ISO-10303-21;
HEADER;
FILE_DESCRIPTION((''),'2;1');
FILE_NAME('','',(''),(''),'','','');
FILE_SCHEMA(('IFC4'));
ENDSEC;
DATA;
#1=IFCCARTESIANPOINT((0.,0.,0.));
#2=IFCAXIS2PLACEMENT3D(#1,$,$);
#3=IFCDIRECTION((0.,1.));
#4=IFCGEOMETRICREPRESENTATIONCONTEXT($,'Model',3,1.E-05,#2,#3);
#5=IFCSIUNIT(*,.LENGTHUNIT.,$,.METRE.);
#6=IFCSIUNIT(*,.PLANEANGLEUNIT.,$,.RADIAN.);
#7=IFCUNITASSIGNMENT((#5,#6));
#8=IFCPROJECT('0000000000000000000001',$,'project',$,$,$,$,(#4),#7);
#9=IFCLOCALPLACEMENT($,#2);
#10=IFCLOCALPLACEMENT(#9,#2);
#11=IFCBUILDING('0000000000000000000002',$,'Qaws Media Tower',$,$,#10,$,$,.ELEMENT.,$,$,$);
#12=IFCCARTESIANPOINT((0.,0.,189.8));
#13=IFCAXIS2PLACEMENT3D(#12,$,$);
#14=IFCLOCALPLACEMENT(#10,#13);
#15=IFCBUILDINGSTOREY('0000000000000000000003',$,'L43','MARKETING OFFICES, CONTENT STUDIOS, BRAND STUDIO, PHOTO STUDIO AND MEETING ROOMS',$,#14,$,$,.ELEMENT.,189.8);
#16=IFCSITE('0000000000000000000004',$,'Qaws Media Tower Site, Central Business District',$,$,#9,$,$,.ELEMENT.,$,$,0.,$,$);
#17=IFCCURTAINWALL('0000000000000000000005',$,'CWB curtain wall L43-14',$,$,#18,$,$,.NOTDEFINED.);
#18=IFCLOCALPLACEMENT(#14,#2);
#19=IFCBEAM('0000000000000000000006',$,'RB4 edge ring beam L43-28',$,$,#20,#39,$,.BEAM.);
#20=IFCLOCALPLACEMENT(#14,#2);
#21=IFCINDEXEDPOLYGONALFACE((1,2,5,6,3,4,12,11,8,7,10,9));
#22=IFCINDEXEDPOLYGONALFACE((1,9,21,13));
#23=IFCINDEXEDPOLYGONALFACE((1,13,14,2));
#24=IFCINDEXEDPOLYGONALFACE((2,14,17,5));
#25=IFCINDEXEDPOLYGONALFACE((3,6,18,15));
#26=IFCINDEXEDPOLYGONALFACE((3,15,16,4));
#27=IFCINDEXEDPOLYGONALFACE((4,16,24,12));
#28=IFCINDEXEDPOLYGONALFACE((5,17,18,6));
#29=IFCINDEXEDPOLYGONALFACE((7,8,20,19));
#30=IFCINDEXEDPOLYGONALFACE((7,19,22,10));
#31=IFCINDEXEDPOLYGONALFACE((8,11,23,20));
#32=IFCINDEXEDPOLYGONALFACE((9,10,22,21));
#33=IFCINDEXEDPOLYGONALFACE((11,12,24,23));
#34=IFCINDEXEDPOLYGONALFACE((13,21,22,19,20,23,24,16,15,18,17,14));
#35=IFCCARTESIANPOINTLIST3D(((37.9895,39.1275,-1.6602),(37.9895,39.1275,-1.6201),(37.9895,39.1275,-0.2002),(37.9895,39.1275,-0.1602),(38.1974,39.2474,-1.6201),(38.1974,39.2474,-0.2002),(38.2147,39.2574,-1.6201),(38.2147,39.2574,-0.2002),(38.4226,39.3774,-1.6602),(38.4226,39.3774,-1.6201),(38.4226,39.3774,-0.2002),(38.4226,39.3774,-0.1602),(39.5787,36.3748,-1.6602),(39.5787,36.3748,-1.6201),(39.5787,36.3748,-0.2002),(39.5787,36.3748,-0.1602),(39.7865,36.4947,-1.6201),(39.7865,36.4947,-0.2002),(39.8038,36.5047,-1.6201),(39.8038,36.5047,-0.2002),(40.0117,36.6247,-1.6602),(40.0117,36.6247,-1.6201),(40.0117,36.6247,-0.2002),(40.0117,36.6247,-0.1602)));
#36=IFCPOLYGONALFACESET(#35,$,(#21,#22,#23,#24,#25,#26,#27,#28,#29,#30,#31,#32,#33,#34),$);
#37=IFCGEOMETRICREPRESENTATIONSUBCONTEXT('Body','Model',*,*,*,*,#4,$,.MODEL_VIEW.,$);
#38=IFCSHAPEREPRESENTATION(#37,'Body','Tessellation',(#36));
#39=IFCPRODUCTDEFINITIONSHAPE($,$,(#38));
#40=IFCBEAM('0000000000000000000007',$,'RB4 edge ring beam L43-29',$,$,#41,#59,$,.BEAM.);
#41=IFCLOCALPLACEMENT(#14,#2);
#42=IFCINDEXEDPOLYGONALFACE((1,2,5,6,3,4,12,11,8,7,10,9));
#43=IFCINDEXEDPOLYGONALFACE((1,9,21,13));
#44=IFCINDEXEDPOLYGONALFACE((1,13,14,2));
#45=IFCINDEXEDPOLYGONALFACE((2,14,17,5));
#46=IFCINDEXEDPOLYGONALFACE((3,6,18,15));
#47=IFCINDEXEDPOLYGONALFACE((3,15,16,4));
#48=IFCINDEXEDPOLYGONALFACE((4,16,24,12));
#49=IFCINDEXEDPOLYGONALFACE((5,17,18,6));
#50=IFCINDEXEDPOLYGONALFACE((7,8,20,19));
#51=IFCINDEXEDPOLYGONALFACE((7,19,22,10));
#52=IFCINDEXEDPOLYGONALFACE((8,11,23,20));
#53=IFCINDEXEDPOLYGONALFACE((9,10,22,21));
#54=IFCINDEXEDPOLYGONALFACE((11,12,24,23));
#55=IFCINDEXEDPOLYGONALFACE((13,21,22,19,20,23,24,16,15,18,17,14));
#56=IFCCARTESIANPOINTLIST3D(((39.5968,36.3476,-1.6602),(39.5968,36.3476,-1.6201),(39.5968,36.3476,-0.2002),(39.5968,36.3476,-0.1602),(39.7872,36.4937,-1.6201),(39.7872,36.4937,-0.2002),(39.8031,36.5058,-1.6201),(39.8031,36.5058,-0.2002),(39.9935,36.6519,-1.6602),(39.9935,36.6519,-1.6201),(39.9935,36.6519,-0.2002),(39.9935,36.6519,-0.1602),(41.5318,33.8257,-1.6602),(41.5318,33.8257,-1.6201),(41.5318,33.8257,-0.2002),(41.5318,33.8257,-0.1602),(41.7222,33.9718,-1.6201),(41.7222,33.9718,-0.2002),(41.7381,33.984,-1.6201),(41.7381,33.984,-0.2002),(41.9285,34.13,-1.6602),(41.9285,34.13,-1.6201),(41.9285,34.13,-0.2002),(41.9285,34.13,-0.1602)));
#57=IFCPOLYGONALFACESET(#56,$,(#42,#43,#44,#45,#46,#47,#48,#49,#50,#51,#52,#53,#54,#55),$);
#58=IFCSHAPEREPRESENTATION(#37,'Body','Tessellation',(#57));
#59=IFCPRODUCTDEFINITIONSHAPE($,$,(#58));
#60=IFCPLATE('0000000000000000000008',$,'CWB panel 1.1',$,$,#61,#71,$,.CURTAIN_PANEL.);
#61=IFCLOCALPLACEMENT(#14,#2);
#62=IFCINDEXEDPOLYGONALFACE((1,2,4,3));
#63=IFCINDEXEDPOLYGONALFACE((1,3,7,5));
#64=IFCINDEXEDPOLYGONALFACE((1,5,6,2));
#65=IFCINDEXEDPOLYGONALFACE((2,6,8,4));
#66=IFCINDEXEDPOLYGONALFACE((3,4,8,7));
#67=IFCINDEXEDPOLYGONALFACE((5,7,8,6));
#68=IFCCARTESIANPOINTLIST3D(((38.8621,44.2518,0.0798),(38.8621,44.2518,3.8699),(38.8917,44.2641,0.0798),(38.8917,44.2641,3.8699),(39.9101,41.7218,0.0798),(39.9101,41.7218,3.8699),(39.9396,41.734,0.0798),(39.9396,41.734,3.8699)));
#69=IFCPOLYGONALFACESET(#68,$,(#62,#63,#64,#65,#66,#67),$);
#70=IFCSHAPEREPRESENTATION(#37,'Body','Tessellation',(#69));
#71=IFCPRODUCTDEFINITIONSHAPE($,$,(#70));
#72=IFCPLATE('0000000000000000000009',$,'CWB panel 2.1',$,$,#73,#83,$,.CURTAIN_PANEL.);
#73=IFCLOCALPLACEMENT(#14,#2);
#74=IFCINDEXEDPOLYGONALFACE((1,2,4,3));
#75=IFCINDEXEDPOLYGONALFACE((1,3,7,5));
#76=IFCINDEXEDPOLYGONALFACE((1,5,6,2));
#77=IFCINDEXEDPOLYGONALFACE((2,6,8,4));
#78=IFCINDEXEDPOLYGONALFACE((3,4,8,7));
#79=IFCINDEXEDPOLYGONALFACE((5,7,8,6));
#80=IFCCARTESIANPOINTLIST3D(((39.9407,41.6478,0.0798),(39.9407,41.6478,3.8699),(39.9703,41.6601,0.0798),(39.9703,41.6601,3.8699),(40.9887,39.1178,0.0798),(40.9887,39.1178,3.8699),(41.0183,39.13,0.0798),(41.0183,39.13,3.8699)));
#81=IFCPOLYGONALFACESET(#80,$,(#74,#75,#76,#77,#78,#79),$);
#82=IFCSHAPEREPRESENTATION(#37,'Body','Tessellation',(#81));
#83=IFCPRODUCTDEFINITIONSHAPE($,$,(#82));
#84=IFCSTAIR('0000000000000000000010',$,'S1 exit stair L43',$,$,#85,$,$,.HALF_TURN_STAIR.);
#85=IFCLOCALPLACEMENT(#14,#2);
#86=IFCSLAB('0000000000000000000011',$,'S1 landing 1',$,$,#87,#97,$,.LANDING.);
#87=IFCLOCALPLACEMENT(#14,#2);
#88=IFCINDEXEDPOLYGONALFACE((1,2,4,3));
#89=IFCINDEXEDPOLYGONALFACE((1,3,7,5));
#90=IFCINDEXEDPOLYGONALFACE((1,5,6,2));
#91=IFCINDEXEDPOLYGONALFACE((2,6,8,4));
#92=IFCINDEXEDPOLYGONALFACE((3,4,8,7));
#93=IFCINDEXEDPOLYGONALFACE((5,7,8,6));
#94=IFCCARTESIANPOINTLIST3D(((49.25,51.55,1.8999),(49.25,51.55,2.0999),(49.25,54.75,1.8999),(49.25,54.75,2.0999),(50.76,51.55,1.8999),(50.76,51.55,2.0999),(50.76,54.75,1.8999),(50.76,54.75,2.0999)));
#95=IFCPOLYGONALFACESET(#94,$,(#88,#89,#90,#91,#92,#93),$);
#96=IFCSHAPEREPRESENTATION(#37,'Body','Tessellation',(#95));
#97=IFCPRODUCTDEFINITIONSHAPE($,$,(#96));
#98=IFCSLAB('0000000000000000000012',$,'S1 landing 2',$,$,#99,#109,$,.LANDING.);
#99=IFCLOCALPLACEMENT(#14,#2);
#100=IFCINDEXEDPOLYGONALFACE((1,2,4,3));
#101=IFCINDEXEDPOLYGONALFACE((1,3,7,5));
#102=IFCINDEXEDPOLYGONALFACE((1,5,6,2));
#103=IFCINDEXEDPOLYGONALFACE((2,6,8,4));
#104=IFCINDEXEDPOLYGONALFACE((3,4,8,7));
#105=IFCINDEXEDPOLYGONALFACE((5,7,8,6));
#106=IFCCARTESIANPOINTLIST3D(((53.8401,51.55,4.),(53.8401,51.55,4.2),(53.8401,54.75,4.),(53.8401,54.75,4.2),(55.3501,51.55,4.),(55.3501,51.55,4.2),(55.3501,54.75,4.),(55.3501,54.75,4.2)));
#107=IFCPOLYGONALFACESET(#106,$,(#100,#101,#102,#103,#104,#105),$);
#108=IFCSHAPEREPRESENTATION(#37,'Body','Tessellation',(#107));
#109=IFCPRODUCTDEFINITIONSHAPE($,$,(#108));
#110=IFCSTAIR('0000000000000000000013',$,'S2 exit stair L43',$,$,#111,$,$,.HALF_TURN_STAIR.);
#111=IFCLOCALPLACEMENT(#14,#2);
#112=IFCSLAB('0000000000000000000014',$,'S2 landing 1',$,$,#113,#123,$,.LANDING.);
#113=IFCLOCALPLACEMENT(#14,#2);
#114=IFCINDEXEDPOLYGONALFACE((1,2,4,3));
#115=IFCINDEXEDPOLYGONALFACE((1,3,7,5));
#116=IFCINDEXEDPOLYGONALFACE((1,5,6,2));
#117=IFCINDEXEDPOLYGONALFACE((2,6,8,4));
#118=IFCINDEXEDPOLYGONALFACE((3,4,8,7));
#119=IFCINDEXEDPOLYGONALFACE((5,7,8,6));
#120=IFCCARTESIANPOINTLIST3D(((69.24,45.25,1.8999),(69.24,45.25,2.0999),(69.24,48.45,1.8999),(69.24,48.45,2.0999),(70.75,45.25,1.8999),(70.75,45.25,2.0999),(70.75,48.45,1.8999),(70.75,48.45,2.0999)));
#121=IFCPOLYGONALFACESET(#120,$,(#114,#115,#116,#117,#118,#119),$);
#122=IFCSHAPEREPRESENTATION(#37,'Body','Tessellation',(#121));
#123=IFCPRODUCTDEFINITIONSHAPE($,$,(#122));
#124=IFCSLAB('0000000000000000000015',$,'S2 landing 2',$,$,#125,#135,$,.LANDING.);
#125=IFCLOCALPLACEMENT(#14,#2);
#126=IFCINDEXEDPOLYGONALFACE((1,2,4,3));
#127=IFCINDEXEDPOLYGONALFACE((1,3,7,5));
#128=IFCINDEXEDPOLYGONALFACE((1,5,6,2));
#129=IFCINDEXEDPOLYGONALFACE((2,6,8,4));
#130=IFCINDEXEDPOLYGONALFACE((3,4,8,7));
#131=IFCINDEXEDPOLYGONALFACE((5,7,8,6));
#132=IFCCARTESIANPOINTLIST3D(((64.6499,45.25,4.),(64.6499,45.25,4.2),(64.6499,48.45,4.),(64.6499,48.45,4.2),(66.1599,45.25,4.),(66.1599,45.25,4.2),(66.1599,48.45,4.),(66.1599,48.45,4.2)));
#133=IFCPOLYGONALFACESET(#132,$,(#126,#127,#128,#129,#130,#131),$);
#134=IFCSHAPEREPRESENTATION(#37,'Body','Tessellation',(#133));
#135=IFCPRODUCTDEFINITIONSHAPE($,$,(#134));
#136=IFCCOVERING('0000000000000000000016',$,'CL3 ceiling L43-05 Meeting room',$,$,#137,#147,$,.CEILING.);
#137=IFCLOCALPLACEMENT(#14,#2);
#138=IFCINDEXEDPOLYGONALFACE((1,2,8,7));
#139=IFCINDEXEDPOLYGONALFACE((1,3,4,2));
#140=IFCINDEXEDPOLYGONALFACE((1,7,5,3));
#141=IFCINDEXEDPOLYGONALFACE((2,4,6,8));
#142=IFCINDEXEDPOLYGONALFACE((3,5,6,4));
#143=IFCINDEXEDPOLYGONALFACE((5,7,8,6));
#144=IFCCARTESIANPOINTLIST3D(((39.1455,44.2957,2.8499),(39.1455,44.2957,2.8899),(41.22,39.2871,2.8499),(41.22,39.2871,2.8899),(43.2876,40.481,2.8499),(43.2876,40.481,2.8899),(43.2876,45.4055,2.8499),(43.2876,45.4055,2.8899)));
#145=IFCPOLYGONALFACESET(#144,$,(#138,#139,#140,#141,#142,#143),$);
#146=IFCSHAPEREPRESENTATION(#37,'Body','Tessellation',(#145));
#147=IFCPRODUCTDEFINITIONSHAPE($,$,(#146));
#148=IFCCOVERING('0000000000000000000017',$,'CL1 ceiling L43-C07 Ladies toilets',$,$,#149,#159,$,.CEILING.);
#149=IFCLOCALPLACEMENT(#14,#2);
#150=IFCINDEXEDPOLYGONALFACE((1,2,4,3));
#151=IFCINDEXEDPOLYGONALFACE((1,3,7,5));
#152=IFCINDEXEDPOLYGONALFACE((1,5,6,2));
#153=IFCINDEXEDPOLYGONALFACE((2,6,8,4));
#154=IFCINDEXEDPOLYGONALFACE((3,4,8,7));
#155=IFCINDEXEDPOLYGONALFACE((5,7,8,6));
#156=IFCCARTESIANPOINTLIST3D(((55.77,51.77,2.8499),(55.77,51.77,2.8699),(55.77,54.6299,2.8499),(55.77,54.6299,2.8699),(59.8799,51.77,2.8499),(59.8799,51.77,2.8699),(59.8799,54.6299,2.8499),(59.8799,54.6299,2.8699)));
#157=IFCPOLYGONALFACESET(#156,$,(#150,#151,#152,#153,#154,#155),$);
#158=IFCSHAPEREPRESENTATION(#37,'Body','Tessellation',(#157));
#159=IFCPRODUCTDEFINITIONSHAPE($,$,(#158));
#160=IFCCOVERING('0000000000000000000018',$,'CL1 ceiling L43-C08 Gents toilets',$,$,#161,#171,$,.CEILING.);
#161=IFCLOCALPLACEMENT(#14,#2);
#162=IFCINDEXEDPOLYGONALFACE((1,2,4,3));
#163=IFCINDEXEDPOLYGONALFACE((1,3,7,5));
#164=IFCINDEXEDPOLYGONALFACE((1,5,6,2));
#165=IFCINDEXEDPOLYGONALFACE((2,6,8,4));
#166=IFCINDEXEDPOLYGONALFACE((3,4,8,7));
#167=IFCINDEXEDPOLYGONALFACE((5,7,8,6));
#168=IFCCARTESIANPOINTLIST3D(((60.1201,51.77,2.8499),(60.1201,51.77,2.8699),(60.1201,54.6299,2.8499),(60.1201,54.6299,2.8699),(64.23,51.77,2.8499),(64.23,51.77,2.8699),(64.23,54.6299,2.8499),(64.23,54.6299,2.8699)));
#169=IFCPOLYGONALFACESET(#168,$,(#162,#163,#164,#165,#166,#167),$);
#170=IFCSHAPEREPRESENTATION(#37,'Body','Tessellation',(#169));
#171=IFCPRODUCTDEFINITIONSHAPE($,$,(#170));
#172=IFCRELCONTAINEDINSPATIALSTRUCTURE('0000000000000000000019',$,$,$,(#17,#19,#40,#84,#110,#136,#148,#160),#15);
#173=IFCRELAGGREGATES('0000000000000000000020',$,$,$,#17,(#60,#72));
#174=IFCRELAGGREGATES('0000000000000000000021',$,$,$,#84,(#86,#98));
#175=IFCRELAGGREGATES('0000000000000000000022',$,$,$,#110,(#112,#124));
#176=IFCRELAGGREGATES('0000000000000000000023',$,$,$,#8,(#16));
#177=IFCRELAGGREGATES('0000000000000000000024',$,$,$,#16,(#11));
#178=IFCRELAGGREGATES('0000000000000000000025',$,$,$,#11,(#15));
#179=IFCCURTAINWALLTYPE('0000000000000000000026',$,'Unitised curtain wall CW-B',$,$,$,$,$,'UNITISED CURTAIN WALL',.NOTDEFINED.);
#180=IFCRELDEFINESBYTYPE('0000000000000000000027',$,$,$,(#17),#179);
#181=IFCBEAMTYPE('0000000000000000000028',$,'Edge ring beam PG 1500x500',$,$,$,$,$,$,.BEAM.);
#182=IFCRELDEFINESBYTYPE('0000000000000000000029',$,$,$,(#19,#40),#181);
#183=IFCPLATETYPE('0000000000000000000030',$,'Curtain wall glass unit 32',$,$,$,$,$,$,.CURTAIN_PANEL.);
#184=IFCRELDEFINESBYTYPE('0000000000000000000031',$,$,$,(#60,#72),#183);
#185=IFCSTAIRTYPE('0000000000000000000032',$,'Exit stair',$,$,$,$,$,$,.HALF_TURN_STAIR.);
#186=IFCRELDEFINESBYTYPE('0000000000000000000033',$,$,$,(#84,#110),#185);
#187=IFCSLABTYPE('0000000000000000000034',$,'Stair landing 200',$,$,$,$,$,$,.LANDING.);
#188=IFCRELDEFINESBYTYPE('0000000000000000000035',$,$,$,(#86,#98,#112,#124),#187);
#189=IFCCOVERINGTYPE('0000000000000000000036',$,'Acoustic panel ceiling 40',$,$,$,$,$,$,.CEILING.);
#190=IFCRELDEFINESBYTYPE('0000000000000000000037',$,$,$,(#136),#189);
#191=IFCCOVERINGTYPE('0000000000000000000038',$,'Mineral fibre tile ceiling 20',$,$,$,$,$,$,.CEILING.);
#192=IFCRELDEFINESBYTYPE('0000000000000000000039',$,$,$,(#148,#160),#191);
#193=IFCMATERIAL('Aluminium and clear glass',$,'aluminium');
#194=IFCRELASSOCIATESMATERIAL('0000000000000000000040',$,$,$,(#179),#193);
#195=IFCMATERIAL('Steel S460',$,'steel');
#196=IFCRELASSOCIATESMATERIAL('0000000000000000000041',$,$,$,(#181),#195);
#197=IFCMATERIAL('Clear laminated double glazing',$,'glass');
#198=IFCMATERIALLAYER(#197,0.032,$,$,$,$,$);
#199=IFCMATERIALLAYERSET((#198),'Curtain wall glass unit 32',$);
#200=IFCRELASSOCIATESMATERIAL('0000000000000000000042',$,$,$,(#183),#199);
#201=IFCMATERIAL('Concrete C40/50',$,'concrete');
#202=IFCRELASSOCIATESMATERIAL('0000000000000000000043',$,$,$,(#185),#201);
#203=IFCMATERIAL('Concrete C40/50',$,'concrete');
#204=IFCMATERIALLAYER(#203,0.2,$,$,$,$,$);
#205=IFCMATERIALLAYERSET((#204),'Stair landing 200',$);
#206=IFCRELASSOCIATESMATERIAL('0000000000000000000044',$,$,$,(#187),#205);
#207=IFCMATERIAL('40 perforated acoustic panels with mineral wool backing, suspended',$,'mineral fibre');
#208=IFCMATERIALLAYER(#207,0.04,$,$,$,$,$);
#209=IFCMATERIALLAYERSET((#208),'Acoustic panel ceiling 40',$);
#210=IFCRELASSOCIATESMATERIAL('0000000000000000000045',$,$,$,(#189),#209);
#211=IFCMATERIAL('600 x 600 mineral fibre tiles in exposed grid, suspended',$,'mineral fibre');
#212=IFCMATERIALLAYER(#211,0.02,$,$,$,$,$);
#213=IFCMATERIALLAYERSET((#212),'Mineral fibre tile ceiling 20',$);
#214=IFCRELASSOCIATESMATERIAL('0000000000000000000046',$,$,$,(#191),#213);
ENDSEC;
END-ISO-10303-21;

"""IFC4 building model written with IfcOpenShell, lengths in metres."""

from ifc_helpers import new_model, si_unit, direction, frame, origin, origin_2d, place, context, subcontext, project, spatial, polyline, rectangle, i_section, outline, extrude, material, layer, layer_set, material_profile, profile_set, type_object, element, aggregate, save


model = new_model("IFC4")

# Units and contexts
model_context = context("Model", 3, precision=1e-05, world=origin(), true_north=direction((0.0, 1.0)))
body_context = subcontext(model_context, "Body", "Model", "MODEL_VIEW")
ifc_project = project(units=[si_unit("LENGTHUNIT", "METRE"), si_unit("PLANEANGLEUNIT", "RADIAN")], contexts=[model_context])

# Site, building, storey
site_placement = place(None, origin())
site = spatial("IfcSite", under=ifc_project, at=site_placement, Name="Qaws Media Tower Site, Central Business District", CompositionType="ELEMENT", RefElevation=0.0)
building_placement = place(site_placement, origin())
building = spatial("IfcBuilding", under=site, at=building_placement, Name="Qaws Media Tower", CompositionType="ELEMENT")
storey_placement = place(building_placement, frame((0.0, 0.0, 189.8)))
storey = spatial("IfcBuildingStorey", under=building, at=storey_placement, Name="L43", Description="MARKETING OFFICES, CONTENT STUDIOS, BRAND STUDIO, PHOTO STUDIO AND MEETING ROOMS", CompositionType="ELEMENT", Elevation=189.8)

# Curtain wall
ifc_material_1 = material(Name="Aluminium and clear glass", Category="aluminium")
curtain_wall_type = type_object("IfcCurtainWallType", Name="Unitised curtain wall CW-B", ElementType="UNITISED CURTAIN WALL", PredefinedType="NOTDEFINED", material=ifc_material_1)
curtain_wall_placement = place(storey_placement, origin())
curtain_wall = element("IfcCurtainWall", 1, at=curtain_wall_placement, inside=storey, type_object=curtain_wall_type, Name="CWB curtain wall L43-14", PredefinedType="NOTDEFINED")

# Beams
ifc_material_2 = material(Name="Steel S460", Category="steel")
ifc_material_profile_1 = material_profile(ifc_material_2, i_section(OverallWidth=0.5, OverallDepth=1.5, WebThickness=0.02, FlangeThickness=0.04, at=origin_2d()), Name="PG 1500x500")
ifc_profile_set_1 = profile_set([ifc_material_profile_1], Name="Steel S460")
beam_type = type_object("IfcBeamType", Name="Edge ring beam PG 1500x500", PredefinedType="BEAM", material=ifc_profile_set_1)
for number, where, z_axis, x_axis, name in (
    (2, (38.2061, 39.2524, -0.9102), (0.499964, -0.866046, 0.0), (0.866046, 0.499964, 0.0), "RB4 edge ring beam L43-28"),
):
    element("IfcBeam", number, at=place(storey_placement, frame(where, z_axis=z_axis, x_axis=x_axis)), inside=storey, type_object=beam_type, Name=name, PredefinedType="BEAM", context=body_context, shape_type="SweptSolid", body=[
        extrude(i_section(OverallWidth=0.5, OverallDepth=1.5, WebThickness=0.02, FlangeThickness=0.04, at=origin_2d()), origin(), (0.0, 0.0, 1.0), 3.1785),
    ])
beam_placement = place(storey_placement, frame((39.7952, 36.4998, -0.9102), z_axis=(0.608738, -0.793371, 0.0), x_axis=(0.793371, 0.608738, 0.0)))
element("IfcBeam", 3, at=beam_placement, inside=storey, type_object=beam_type, Name="RB4 edge ring beam L43-29", PredefinedType="BEAM", context=body_context, shape_type="SweptSolid", body=[
    extrude(i_section(OverallWidth=0.5, OverallDepth=1.5, WebThickness=0.02, FlangeThickness=0.04, at=origin_2d()), origin(), (0.0, 0.0, 1.0), 3.1787),
])

# Plates
ifc_material_3 = material(Name="Clear laminated double glazing", Category="glass")
ifc_layer_1 = layer(ifc_material_3, 0.032)
ifc_layer_set_1 = layer_set([ifc_layer_1], Name="Curtain wall glass unit 32")
plate_type = type_object("IfcPlateType", Name="Curtain wall glass unit 32", PredefinedType="CURTAIN_PANEL", material=ifc_layer_set_1)
plate_1_placement = place(storey_placement, frame((39.4009, 42.9929, 0.0798), z_axis=(0.0, 0.0, 1.0), x_axis=(0.382684, -0.923879, 0.0)))
plate_1 = element("IfcPlate", 4, at=plate_1_placement, type_object=plate_type, Name="CWB panel 1.1", PredefinedType="CURTAIN_PANEL", context=body_context, shape_type="SweptSolid", body=[
    extrude(rectangle(XDim=2.7385, YDim=0.032, at=origin_2d()), origin(), (0.0, 0.0, 1.0), 3.79),
])
plate_2_placement = place(storey_placement, frame((40.4795, 40.3889, 0.0798), z_axis=(0.0, 0.0, 1.0), x_axis=(0.382684, -0.923879, 0.0)))
plate_2 = element("IfcPlate", 5, at=plate_2_placement, type_object=plate_type, Name="CWB panel 2.1", PredefinedType="CURTAIN_PANEL", context=body_context, shape_type="SweptSolid", body=[
    extrude(rectangle(XDim=2.7385, YDim=0.032, at=origin_2d()), origin(), (0.0, 0.0, 1.0), 3.79),
])
aggregate(curtain_wall, [plate_1, plate_2])

# Stairs, slabs
ifc_material_4 = material(Name="Concrete C40/50", Category="concrete")
stair_type = type_object("IfcStairType", Name="Exit stair", PredefinedType="HALF_TURN_STAIR", material=ifc_material_4)
stair_1_placement = place(storey_placement, origin())
stair_1 = element("IfcStair", 6, at=stair_1_placement, inside=storey, type_object=stair_type, Name="S1 exit stair L43", PredefinedType="HALF_TURN_STAIR")
ifc_material_5 = material(Name="Concrete C40/50", Category="concrete")
ifc_layer_2 = layer(ifc_material_5, 0.2)
ifc_layer_set_2 = layer_set([ifc_layer_2], Name="Stair landing 200")
slab_type = type_object("IfcSlabType", Name="Stair landing 200", PredefinedType="LANDING", material=ifc_layer_set_2)
slab_1_placement = place(storey_placement, frame((0.0, 0.0, 1.8999)))
slab_1 = element("IfcSlab", 7, at=slab_1_placement, type_object=slab_type, Name="S1 landing 1", PredefinedType="LANDING", context=body_context, shape_type="SweptSolid", body=[
    extrude(outline(polyline([(49.25, 51.55), (50.76, 51.55), (50.76, 54.75), (49.25, 54.75), (49.25, 51.55)])), origin(), (0.0, 0.0, 1.0), 0.2),
])
slab_2_placement = place(storey_placement, frame((0.0, 0.0, 4.0)))
slab_2 = element("IfcSlab", 8, at=slab_2_placement, type_object=slab_type, Name="S1 landing 2", PredefinedType="LANDING", context=body_context, shape_type="SweptSolid", body=[
    extrude(outline(polyline([(53.8401, 51.55), (55.3501, 51.55), (55.3501, 54.75), (53.8401, 54.75), (53.8401, 51.55)])), origin(), (0.0, 0.0, 1.0), 0.2),
])
aggregate(stair_1, [slab_1, slab_2])
stair_2_placement = place(storey_placement, origin())
stair_2 = element("IfcStair", 9, at=stair_2_placement, inside=storey, type_object=stair_type, Name="S2 exit stair L43", PredefinedType="HALF_TURN_STAIR")
slab_3_placement = place(storey_placement, frame((0.0, 0.0, 1.8999)))
slab_3 = element("IfcSlab", 10, at=slab_3_placement, type_object=slab_type, Name="S2 landing 1", PredefinedType="LANDING", context=body_context, shape_type="SweptSolid", body=[
    extrude(outline(polyline([(69.24, 45.25), (70.75, 45.25), (70.75, 48.45), (69.24, 48.45), (69.24, 45.25)])), origin(), (0.0, 0.0, 1.0), 0.2),
])
slab_4_placement = place(storey_placement, frame((0.0, 0.0, 4.0)))
slab_4 = element("IfcSlab", 11, at=slab_4_placement, type_object=slab_type, Name="S2 landing 2", PredefinedType="LANDING", context=body_context, shape_type="SweptSolid", body=[
    extrude(outline(polyline([(64.6499, 45.25), (66.1599, 45.25), (66.1599, 48.45), (64.6499, 48.45), (64.6499, 45.25)])), origin(), (0.0, 0.0, 1.0), 0.2),
])
aggregate(stair_2, [slab_3, slab_4])

# Coverings
ifc_material_6 = material(Name="40 perforated acoustic panels with mineral wool backing, suspended", Category="mineral fibre")
ifc_layer_3 = layer(ifc_material_6, 0.04)
ifc_layer_set_3 = layer_set([ifc_layer_3], Name="Acoustic panel ceiling 40")
covering_type_1 = type_object("IfcCoveringType", Name="Acoustic panel ceiling 40", PredefinedType="CEILING", material=ifc_layer_set_3)
covering_1_placement = place(storey_placement, frame((0.0, 0.0, 2.8499)))
element("IfcCovering", 12, at=covering_1_placement, inside=storey, type_object=covering_type_1, Name="CL3 ceiling L43-05 Meeting room", PredefinedType="CEILING", context=body_context, shape_type="SweptSolid", body=[
    extrude(outline(polyline([(39.1455, 44.2957), (43.2876, 45.4055), (43.2876, 40.481), (41.22, 39.2871), (39.1455, 44.2957)])), origin(), (0.0, 0.0, 1.0), 0.04),
])
ifc_material_7 = material(Name="600 x 600 mineral fibre tiles in exposed grid, suspended", Category="mineral fibre")
ifc_layer_4 = layer(ifc_material_7, 0.02)
ifc_layer_set_4 = layer_set([ifc_layer_4], Name="Mineral fibre tile ceiling 20")
covering_type_2 = type_object("IfcCoveringType", Name="Mineral fibre tile ceiling 20", PredefinedType="CEILING", material=ifc_layer_set_4)
covering_2_placement = place(storey_placement, frame((0.0, 0.0, 2.8499)))
element("IfcCovering", 13, at=covering_2_placement, inside=storey, type_object=covering_type_2, Name="CL1 ceiling L43-C07 Ladies toilets", PredefinedType="CEILING", context=body_context, shape_type="SweptSolid", body=[
    extrude(outline(polyline([(55.77, 51.77), (55.77, 54.6299), (59.8799, 54.6299), (59.8799, 51.77), (55.77, 51.77)])), origin(), (0.0, 0.0, 1.0), 0.02),
])
covering_3_placement = place(storey_placement, frame((0.0, 0.0, 2.8499)))
element("IfcCovering", 14, at=covering_3_placement, inside=storey, type_object=covering_type_2, Name="CL1 ceiling L43-C08 Gents toilets", PredefinedType="CEILING", context=body_context, shape_type="SweptSolid", body=[
    extrude(outline(polyline([(60.1201, 51.77), (60.1201, 54.6299), (64.23, 54.6299), (64.23, 51.77), (60.1201, 51.77)])), origin(), (0.0, 0.0, 1.0), 0.02),
])

save(model, "model.ifc")
